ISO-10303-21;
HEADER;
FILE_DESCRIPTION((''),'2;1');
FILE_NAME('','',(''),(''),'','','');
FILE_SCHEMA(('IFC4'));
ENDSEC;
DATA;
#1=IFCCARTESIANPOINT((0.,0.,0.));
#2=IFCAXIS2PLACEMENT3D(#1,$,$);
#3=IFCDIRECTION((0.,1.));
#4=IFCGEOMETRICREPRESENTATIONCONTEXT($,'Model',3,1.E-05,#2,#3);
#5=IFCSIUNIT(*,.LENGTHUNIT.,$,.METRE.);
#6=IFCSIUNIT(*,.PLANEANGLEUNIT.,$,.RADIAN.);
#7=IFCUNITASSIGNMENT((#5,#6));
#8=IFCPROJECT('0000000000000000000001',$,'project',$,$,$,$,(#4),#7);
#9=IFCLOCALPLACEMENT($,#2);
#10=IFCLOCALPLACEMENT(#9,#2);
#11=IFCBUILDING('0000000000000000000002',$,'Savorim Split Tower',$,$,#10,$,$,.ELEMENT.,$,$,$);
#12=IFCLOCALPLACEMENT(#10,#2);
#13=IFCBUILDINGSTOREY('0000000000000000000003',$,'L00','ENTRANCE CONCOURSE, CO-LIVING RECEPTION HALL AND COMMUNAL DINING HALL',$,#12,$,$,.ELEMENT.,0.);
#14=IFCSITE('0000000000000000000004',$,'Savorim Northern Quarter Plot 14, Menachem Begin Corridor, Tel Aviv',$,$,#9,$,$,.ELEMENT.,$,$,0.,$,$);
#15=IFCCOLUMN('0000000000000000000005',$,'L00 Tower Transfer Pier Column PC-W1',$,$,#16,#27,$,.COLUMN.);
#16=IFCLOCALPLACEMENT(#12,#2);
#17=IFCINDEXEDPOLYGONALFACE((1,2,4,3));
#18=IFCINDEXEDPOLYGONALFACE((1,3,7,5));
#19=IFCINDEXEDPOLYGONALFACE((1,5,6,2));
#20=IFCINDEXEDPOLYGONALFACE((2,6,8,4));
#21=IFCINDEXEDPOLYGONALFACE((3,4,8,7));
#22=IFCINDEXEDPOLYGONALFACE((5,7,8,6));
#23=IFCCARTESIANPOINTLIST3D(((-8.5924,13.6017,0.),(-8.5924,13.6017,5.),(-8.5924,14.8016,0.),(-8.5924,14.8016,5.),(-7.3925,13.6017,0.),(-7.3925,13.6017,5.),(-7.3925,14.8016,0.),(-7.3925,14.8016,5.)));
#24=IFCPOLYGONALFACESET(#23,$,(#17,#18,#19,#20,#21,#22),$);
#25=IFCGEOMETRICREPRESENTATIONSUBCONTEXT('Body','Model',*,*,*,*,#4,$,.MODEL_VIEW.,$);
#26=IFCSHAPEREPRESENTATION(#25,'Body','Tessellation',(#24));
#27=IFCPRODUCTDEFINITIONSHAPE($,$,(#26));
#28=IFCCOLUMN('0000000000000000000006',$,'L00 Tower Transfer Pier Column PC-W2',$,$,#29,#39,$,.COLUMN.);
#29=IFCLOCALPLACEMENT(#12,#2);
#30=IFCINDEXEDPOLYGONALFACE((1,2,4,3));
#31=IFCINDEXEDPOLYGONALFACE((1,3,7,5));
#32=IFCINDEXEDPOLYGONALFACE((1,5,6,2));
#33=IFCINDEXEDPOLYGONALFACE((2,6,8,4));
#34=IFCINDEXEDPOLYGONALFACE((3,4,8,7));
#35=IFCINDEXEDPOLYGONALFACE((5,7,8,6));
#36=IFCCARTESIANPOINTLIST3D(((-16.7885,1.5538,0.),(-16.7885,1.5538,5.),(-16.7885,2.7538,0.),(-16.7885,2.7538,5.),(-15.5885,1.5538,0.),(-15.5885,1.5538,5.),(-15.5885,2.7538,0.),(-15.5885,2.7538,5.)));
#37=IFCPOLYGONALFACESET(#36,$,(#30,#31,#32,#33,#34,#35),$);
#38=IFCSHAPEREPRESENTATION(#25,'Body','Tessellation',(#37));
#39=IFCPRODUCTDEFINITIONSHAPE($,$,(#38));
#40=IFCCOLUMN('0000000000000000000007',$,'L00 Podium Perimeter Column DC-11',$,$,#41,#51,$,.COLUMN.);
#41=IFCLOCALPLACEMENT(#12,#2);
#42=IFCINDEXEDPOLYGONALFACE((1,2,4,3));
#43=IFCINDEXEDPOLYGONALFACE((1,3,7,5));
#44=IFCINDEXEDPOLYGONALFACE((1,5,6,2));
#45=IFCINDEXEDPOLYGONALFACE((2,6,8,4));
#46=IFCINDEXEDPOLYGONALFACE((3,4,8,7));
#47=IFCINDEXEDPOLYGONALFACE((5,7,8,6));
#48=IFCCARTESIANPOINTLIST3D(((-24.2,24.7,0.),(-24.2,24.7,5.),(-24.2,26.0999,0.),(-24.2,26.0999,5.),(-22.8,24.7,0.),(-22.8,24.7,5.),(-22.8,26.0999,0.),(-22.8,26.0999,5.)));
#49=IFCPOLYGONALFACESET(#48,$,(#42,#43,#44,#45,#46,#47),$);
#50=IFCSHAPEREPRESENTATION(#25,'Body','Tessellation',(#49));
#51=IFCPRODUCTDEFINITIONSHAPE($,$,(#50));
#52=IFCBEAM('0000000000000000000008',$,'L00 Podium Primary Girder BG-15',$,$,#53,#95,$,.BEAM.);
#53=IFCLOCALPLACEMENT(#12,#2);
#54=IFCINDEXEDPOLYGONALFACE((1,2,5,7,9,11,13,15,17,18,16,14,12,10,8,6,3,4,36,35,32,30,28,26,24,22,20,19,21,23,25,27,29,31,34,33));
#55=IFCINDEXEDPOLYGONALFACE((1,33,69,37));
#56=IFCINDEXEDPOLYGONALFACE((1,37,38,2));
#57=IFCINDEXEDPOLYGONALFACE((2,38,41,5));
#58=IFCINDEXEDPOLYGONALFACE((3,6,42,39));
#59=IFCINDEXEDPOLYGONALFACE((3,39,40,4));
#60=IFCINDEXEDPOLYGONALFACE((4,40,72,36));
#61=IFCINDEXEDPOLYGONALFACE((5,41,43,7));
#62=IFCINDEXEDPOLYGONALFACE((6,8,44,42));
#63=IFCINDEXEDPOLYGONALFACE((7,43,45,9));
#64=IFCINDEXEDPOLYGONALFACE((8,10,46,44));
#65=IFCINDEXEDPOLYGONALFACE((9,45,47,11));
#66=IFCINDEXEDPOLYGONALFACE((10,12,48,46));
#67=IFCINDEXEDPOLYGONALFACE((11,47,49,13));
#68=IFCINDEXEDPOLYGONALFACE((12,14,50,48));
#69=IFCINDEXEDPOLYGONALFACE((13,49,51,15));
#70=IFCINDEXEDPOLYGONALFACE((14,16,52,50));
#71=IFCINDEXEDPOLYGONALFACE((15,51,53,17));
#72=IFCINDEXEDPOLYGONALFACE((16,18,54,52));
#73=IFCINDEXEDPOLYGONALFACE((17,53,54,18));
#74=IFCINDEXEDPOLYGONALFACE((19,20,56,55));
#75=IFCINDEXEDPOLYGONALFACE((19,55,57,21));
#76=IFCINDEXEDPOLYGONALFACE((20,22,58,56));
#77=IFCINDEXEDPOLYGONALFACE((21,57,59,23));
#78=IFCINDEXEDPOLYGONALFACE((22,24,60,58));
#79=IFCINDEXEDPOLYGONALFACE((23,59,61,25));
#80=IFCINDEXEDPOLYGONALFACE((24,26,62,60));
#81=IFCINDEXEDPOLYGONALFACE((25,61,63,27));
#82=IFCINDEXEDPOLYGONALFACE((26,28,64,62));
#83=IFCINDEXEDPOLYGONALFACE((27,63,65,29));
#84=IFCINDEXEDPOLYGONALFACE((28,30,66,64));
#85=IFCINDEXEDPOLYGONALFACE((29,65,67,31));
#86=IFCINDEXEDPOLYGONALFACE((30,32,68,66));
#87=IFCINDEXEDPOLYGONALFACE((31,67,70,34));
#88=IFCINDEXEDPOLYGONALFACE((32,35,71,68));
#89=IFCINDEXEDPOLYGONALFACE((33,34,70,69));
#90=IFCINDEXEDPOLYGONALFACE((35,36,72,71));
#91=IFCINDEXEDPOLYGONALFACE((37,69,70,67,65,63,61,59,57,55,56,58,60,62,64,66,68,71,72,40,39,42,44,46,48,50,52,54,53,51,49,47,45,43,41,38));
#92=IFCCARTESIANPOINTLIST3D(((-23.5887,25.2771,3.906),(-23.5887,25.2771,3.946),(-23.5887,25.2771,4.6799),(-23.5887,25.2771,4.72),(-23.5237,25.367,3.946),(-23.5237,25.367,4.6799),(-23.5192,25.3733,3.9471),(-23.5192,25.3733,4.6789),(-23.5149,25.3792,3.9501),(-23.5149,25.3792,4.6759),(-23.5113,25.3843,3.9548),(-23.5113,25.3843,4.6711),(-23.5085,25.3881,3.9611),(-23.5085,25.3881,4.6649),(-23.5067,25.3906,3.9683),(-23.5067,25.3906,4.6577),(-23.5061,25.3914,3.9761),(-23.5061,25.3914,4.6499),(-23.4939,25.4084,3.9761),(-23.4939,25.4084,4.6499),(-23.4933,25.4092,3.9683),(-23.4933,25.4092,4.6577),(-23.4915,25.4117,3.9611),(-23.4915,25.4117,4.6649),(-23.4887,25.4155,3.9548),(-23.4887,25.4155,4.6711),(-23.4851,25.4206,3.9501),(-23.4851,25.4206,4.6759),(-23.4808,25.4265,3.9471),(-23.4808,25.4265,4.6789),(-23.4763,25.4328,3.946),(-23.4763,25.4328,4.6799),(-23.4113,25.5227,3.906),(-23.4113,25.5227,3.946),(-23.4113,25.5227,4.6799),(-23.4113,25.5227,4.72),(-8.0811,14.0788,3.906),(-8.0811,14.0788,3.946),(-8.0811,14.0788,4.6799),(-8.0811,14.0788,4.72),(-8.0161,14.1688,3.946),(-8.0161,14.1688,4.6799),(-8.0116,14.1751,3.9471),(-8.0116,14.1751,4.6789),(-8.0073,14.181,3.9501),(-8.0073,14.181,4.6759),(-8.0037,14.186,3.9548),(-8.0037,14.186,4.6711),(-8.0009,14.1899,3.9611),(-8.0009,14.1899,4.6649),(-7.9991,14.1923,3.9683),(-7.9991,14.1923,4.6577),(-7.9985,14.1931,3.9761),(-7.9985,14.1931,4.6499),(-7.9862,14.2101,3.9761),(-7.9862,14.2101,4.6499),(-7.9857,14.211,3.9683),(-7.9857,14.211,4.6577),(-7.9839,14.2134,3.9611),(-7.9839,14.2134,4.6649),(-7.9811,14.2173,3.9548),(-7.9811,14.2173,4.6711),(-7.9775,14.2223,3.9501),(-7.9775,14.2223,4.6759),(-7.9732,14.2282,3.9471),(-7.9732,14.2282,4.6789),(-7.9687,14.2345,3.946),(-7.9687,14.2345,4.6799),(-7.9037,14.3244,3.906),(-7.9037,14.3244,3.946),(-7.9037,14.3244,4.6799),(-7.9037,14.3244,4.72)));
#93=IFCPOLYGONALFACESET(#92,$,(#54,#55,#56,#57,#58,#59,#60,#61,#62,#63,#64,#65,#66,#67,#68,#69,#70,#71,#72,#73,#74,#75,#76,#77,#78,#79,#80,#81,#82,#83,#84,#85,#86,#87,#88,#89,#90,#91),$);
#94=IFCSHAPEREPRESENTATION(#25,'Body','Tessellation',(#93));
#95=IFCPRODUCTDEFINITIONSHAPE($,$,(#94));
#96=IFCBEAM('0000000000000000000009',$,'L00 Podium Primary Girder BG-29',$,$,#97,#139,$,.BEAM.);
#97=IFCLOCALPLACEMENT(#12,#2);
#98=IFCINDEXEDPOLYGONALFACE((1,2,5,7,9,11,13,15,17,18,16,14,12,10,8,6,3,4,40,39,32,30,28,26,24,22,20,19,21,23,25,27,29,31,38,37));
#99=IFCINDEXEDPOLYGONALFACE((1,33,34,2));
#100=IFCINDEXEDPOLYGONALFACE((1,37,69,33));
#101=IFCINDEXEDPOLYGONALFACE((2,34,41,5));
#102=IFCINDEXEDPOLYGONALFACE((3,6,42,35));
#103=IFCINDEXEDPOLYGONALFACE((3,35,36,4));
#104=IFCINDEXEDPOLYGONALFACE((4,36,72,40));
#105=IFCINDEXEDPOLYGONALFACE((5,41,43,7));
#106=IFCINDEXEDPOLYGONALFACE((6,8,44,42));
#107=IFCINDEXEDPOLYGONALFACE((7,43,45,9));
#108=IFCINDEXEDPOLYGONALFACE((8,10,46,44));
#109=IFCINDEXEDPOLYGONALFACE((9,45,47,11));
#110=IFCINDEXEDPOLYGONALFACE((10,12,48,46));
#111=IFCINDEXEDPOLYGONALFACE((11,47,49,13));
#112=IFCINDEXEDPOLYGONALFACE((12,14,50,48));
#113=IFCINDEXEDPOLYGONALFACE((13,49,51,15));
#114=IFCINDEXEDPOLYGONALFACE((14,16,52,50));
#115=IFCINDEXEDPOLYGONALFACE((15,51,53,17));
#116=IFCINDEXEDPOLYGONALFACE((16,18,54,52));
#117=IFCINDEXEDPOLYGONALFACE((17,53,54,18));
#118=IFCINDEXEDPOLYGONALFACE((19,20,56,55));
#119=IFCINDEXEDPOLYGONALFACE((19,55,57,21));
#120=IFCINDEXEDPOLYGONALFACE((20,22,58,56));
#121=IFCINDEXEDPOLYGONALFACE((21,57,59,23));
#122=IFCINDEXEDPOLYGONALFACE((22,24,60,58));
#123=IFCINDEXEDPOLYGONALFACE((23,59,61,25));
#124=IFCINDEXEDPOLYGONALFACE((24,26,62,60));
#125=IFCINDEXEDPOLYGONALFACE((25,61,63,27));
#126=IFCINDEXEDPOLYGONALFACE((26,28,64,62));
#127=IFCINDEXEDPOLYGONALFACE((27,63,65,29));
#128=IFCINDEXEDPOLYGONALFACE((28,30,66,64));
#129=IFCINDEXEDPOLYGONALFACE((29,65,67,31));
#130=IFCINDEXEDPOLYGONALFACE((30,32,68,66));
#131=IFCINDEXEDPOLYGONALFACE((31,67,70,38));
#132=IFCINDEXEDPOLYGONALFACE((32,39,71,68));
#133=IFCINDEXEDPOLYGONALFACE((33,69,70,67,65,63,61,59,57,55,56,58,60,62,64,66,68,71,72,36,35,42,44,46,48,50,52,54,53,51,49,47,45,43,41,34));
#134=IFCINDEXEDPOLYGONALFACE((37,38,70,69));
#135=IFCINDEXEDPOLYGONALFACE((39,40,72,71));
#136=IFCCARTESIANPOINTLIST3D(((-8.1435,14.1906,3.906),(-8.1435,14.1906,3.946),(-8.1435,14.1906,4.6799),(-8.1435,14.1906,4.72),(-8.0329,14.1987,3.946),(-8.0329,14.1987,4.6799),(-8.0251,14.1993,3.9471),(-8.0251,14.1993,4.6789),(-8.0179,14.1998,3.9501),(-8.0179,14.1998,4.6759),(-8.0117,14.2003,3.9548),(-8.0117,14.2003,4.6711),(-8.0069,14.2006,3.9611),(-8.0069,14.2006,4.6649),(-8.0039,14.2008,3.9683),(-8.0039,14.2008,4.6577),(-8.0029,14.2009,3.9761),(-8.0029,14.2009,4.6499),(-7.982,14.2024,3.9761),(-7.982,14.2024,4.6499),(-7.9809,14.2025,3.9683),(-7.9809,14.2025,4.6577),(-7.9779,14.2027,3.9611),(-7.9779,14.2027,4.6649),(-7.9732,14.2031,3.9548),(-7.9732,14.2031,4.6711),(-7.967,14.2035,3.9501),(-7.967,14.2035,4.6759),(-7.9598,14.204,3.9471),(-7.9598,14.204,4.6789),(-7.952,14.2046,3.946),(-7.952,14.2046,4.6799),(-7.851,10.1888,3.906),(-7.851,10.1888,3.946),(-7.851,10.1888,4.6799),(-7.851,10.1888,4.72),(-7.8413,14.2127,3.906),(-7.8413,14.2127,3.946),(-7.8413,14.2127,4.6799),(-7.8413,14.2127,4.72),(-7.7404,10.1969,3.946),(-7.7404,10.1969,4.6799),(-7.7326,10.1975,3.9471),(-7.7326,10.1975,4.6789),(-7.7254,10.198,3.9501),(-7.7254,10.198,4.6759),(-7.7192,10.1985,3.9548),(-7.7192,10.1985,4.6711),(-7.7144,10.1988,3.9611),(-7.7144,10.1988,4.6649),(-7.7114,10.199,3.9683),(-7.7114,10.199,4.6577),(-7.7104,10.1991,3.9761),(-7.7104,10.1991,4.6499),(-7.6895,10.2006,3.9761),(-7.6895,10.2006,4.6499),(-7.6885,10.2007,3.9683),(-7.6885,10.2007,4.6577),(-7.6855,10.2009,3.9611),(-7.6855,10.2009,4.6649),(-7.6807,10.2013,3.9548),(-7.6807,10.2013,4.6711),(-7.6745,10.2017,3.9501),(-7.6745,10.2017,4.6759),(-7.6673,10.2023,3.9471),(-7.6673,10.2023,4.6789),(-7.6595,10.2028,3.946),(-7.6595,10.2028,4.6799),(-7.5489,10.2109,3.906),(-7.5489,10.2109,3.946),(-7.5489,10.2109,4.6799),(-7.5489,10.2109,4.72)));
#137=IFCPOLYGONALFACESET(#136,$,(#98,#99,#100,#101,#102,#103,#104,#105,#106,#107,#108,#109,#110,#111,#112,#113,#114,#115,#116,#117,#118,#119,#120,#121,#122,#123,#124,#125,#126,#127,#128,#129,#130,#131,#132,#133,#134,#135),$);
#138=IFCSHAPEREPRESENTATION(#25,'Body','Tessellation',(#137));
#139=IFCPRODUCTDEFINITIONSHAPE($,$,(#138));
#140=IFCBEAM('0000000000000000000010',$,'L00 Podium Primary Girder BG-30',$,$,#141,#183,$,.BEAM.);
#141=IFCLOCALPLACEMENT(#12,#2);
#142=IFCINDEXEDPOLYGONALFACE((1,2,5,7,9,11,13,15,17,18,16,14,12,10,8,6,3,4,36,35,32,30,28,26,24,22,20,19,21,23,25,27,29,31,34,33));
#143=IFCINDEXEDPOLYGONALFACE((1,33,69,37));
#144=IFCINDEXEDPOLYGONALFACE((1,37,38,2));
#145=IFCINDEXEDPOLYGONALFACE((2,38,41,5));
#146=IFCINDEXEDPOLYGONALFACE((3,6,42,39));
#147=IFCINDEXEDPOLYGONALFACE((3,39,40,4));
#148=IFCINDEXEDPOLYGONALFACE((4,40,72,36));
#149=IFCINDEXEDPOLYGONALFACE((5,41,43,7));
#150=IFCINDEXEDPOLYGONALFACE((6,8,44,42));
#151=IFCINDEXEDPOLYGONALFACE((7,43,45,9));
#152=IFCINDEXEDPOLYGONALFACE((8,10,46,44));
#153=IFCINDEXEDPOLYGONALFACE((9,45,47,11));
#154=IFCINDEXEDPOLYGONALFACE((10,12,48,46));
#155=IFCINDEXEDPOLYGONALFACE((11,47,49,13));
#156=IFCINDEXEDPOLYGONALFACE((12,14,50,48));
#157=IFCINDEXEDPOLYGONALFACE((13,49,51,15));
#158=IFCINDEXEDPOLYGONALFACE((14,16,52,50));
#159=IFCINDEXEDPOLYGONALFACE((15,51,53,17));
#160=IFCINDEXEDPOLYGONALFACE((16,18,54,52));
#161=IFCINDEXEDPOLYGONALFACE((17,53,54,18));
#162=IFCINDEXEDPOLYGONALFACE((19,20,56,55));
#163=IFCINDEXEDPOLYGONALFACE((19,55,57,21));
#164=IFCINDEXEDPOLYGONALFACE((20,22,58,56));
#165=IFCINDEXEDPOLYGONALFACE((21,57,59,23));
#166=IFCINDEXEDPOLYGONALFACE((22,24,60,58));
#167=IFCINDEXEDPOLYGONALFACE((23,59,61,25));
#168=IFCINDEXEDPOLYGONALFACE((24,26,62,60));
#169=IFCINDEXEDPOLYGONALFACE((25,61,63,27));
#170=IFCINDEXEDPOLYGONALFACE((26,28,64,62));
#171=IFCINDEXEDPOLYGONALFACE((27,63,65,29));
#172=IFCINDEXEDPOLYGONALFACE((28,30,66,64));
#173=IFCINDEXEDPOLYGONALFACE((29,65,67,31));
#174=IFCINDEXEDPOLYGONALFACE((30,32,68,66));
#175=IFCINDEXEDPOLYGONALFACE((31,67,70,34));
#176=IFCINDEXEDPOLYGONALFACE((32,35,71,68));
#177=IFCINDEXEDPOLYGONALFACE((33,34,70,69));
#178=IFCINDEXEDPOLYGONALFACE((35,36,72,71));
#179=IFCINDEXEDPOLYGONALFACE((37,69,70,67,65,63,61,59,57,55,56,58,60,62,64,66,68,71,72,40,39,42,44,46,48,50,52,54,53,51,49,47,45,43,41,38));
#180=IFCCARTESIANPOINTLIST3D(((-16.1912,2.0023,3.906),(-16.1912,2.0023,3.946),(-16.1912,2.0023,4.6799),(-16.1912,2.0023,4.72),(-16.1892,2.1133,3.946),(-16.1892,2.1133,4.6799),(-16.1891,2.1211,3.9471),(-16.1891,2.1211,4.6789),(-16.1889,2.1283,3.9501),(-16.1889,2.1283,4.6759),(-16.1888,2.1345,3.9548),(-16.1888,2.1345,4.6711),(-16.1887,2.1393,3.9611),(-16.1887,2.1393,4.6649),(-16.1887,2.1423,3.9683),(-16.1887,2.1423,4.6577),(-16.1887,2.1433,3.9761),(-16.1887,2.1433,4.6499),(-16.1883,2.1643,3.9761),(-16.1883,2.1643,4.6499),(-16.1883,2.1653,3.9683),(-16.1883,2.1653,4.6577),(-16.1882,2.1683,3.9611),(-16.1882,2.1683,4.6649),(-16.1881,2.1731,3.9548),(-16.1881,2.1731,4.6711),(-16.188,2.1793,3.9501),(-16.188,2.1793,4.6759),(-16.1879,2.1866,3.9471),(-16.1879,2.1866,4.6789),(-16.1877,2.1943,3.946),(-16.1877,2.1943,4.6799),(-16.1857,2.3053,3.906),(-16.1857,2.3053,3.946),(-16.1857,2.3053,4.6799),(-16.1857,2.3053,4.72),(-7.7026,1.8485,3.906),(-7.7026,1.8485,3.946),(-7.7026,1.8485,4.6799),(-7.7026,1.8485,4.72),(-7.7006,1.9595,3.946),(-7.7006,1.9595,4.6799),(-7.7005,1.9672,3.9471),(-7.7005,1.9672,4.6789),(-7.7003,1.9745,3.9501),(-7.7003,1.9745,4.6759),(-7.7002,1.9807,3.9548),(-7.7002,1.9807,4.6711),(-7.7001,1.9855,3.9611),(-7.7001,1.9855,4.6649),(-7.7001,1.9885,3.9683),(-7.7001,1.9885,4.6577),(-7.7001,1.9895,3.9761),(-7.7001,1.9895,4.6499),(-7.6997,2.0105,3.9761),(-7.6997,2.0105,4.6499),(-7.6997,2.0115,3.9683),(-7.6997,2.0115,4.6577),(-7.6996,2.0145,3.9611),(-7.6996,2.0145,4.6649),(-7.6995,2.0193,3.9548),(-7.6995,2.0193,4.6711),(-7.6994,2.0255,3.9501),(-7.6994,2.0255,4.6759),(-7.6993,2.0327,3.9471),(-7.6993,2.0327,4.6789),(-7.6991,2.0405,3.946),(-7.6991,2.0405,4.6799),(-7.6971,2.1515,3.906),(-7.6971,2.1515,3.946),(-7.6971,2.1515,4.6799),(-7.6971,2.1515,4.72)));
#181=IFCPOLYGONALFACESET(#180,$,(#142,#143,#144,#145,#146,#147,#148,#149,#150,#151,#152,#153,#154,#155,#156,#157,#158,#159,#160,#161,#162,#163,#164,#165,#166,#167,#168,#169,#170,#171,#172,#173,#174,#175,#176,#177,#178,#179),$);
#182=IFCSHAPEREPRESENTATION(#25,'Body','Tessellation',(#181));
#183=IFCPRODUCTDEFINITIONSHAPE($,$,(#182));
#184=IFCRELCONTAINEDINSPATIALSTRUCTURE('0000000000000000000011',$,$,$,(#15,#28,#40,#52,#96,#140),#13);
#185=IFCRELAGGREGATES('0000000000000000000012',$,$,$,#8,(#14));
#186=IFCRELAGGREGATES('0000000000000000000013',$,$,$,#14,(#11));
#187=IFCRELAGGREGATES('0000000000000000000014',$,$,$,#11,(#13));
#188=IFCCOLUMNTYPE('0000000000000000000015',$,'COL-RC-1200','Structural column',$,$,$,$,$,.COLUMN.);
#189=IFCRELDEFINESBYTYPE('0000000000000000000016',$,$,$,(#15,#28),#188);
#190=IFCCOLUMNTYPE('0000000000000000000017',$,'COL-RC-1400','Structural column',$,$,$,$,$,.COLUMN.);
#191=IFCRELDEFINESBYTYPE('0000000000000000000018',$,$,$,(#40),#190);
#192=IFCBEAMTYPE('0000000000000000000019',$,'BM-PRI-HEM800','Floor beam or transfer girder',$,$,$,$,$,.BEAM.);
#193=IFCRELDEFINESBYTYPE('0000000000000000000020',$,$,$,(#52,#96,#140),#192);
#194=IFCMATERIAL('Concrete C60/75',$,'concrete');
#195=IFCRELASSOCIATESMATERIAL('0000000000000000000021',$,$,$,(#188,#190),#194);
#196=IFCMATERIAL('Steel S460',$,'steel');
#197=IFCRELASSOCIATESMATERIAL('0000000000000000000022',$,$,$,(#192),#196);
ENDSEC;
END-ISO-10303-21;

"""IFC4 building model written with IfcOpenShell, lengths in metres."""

from ifc_helpers import new_model, si_unit, direction, frame, origin, origin_2d, place, context, subcontext, project, spatial, rectangle, i_section, extrude, material, material_profile, profile_set, type_object, element, save


model = new_model("IFC4")

# Units and contexts
model_context = context("Model", 3, precision=1e-05, world=origin(), true_north=direction((0.0, 1.0)))
body_context = subcontext(model_context, "Body", "Model", "MODEL_VIEW")
ifc_project = project(units=[si_unit("LENGTHUNIT", "METRE"), si_unit("PLANEANGLEUNIT", "RADIAN")], contexts=[model_context])

# Site, building, storey
site_placement = place(None, origin())
site = spatial("IfcSite", under=ifc_project, at=site_placement, Name="Savorim Northern Quarter Plot 14, Menachem Begin Corridor, Tel Aviv", CompositionType="ELEMENT", RefElevation=0.0)
building_placement = place(site_placement, origin())
building = spatial("IfcBuilding", under=site, at=building_placement, Name="Savorim Split Tower", CompositionType="ELEMENT")
storey_placement = place(building_placement, origin())
storey = spatial("IfcBuildingStorey", under=building, at=storey_placement, Name="L00", Description="ENTRANCE CONCOURSE, CO-LIVING RECEPTION HALL AND COMMUNAL DINING HALL", CompositionType="ELEMENT", Elevation=0.0)

# Columns
ifc_material_1 = material(Name="Concrete C60/75", Category="concrete")
ifc_material_profile_1 = material_profile(ifc_material_1, rectangle(XDim=1.2, YDim=1.2, at=origin_2d()), Name="RC 1200x1200")
ifc_profile_set_1 = profile_set([ifc_material_profile_1], Name="Concrete C60/75")
column_type_1 = type_object("IfcColumnType", Name="COL-RC-1200", Description="Structural column", PredefinedType="COLUMN", material=ifc_profile_set_1)
for number, where, z_axis, x_axis, name in (
    (1, (-7.9924, 14.2017, 0.0), (0.0, 0.0, 1.0), (1.0, 0.0, 0.0), "L00 Tower Transfer Pier Column PC-W1"),
    (2, (-16.1885, 2.1538, 0.0), (0.0, 0.0, 1.0), (1.0, 0.0, 0.0), "L00 Tower Transfer Pier Column PC-W2"),
):
    element("IfcColumn", number, at=place(storey_placement, frame(where, z_axis=z_axis, x_axis=x_axis)), inside=storey, type_object=column_type_1, Name=name, PredefinedType="COLUMN", context=body_context, shape_type="SweptSolid", body=[
        extrude(rectangle(XDim=1.2, YDim=1.2, at=origin_2d()), origin(), (0.0, 0.0, 1.0), 5.0),
    ])
ifc_material_profile_2 = material_profile(ifc_material_1, rectangle(XDim=1.3999, YDim=1.3999, at=origin_2d()), Name="RC 1400x1400")
ifc_profile_set_2 = profile_set([ifc_material_profile_2], Name="Concrete C60/75")
column_type_2 = type_object("IfcColumnType", Name="COL-RC-1400", Description="Structural column", PredefinedType="COLUMN", material=ifc_profile_set_2)
column_placement = place(storey_placement, frame((-23.5, 25.3999, 0.0), z_axis=(0.0, 0.0, 1.0), x_axis=(1.0, 0.0, 0.0)))
element("IfcColumn", 3, at=column_placement, inside=storey, type_object=column_type_2, Name="L00 Podium Perimeter Column DC-11", PredefinedType="COLUMN", context=body_context, shape_type="SweptSolid", body=[
    extrude(rectangle(XDim=1.3999, YDim=1.3999, at=origin_2d()), origin(), (0.0, 0.0, 1.0), 5.0),
])

# Beams
ifc_material_2 = material(Name="Steel S460", Category="steel")
ifc_material_profile_3 = material_profile(ifc_material_2, i_section(OverallWidth=0.303, OverallDepth=0.814, WebThickness=0.021, FlangeThickness=0.04, FilletRadius=0.03, at=origin_2d()), Name="HE 800 M")
ifc_profile_set_3 = profile_set([ifc_material_profile_3], Name="Steel S460")
beam_type_1 = type_object("IfcBeamType", Name="BM-PRI-HEM800", Description="Floor beam or transfer girder", PredefinedType="BEAM", material=ifc_profile_set_3)
beam_1_placement = place(storey_placement, frame((-23.5, 25.3999, 4.313), z_axis=(0.810721, -0.585433, 0.0), x_axis=(0.585433, 0.810721, 0.0)))
element("IfcBeam", 4, at=beam_1_placement, inside=storey, type_object=beam_type_1, Name="L00 Podium Primary Girder BG-15", PredefinedType="BEAM", context=body_context, shape_type="SweptSolid", body=[
    extrude(i_section(OverallWidth=0.303, OverallDepth=0.814, WebThickness=0.021, FlangeThickness=0.04, FilletRadius=0.03, at=origin_2d()), origin(), (0.0, 0.0, 1.0), 19.1282),
])
beam_2_placement = place(storey_placement, frame((-7.9924, 14.2017, 4.313), z_axis=(0.072894, -0.99734, 0.0), x_axis=(0.99734, 0.072894, 0.0)))
element("IfcBeam", 5, at=beam_2_placement, inside=storey, type_object=beam_type_1, Name="L00 Podium Primary Girder BG-29", PredefinedType="BEAM", context=body_context, shape_type="SweptSolid", body=[
    extrude(i_section(OverallWidth=0.303, OverallDepth=0.814, WebThickness=0.021, FlangeThickness=0.04, FilletRadius=0.03, at=origin_2d()), origin(), (0.0, 0.0, 1.0), 4.0125),
])
beam_3_placement = place(storey_placement, frame((-16.1885, 2.1538, 4.313), z_axis=(0.999836, -0.018117, 0.0), x_axis=(0.018117, 0.999836, 0.0)))
element("IfcBeam", 6, at=beam_3_placement, inside=storey, type_object=beam_type_1, Name="L00 Podium Primary Girder BG-30", PredefinedType="BEAM", context=body_context, shape_type="SweptSolid", body=[
    extrude(i_section(OverallWidth=0.303, OverallDepth=0.814, WebThickness=0.021, FlangeThickness=0.04, FilletRadius=0.03, at=origin_2d()), origin(), (0.0, 0.0, 1.0), 8.49),
])

save(model, "model.ifc")
